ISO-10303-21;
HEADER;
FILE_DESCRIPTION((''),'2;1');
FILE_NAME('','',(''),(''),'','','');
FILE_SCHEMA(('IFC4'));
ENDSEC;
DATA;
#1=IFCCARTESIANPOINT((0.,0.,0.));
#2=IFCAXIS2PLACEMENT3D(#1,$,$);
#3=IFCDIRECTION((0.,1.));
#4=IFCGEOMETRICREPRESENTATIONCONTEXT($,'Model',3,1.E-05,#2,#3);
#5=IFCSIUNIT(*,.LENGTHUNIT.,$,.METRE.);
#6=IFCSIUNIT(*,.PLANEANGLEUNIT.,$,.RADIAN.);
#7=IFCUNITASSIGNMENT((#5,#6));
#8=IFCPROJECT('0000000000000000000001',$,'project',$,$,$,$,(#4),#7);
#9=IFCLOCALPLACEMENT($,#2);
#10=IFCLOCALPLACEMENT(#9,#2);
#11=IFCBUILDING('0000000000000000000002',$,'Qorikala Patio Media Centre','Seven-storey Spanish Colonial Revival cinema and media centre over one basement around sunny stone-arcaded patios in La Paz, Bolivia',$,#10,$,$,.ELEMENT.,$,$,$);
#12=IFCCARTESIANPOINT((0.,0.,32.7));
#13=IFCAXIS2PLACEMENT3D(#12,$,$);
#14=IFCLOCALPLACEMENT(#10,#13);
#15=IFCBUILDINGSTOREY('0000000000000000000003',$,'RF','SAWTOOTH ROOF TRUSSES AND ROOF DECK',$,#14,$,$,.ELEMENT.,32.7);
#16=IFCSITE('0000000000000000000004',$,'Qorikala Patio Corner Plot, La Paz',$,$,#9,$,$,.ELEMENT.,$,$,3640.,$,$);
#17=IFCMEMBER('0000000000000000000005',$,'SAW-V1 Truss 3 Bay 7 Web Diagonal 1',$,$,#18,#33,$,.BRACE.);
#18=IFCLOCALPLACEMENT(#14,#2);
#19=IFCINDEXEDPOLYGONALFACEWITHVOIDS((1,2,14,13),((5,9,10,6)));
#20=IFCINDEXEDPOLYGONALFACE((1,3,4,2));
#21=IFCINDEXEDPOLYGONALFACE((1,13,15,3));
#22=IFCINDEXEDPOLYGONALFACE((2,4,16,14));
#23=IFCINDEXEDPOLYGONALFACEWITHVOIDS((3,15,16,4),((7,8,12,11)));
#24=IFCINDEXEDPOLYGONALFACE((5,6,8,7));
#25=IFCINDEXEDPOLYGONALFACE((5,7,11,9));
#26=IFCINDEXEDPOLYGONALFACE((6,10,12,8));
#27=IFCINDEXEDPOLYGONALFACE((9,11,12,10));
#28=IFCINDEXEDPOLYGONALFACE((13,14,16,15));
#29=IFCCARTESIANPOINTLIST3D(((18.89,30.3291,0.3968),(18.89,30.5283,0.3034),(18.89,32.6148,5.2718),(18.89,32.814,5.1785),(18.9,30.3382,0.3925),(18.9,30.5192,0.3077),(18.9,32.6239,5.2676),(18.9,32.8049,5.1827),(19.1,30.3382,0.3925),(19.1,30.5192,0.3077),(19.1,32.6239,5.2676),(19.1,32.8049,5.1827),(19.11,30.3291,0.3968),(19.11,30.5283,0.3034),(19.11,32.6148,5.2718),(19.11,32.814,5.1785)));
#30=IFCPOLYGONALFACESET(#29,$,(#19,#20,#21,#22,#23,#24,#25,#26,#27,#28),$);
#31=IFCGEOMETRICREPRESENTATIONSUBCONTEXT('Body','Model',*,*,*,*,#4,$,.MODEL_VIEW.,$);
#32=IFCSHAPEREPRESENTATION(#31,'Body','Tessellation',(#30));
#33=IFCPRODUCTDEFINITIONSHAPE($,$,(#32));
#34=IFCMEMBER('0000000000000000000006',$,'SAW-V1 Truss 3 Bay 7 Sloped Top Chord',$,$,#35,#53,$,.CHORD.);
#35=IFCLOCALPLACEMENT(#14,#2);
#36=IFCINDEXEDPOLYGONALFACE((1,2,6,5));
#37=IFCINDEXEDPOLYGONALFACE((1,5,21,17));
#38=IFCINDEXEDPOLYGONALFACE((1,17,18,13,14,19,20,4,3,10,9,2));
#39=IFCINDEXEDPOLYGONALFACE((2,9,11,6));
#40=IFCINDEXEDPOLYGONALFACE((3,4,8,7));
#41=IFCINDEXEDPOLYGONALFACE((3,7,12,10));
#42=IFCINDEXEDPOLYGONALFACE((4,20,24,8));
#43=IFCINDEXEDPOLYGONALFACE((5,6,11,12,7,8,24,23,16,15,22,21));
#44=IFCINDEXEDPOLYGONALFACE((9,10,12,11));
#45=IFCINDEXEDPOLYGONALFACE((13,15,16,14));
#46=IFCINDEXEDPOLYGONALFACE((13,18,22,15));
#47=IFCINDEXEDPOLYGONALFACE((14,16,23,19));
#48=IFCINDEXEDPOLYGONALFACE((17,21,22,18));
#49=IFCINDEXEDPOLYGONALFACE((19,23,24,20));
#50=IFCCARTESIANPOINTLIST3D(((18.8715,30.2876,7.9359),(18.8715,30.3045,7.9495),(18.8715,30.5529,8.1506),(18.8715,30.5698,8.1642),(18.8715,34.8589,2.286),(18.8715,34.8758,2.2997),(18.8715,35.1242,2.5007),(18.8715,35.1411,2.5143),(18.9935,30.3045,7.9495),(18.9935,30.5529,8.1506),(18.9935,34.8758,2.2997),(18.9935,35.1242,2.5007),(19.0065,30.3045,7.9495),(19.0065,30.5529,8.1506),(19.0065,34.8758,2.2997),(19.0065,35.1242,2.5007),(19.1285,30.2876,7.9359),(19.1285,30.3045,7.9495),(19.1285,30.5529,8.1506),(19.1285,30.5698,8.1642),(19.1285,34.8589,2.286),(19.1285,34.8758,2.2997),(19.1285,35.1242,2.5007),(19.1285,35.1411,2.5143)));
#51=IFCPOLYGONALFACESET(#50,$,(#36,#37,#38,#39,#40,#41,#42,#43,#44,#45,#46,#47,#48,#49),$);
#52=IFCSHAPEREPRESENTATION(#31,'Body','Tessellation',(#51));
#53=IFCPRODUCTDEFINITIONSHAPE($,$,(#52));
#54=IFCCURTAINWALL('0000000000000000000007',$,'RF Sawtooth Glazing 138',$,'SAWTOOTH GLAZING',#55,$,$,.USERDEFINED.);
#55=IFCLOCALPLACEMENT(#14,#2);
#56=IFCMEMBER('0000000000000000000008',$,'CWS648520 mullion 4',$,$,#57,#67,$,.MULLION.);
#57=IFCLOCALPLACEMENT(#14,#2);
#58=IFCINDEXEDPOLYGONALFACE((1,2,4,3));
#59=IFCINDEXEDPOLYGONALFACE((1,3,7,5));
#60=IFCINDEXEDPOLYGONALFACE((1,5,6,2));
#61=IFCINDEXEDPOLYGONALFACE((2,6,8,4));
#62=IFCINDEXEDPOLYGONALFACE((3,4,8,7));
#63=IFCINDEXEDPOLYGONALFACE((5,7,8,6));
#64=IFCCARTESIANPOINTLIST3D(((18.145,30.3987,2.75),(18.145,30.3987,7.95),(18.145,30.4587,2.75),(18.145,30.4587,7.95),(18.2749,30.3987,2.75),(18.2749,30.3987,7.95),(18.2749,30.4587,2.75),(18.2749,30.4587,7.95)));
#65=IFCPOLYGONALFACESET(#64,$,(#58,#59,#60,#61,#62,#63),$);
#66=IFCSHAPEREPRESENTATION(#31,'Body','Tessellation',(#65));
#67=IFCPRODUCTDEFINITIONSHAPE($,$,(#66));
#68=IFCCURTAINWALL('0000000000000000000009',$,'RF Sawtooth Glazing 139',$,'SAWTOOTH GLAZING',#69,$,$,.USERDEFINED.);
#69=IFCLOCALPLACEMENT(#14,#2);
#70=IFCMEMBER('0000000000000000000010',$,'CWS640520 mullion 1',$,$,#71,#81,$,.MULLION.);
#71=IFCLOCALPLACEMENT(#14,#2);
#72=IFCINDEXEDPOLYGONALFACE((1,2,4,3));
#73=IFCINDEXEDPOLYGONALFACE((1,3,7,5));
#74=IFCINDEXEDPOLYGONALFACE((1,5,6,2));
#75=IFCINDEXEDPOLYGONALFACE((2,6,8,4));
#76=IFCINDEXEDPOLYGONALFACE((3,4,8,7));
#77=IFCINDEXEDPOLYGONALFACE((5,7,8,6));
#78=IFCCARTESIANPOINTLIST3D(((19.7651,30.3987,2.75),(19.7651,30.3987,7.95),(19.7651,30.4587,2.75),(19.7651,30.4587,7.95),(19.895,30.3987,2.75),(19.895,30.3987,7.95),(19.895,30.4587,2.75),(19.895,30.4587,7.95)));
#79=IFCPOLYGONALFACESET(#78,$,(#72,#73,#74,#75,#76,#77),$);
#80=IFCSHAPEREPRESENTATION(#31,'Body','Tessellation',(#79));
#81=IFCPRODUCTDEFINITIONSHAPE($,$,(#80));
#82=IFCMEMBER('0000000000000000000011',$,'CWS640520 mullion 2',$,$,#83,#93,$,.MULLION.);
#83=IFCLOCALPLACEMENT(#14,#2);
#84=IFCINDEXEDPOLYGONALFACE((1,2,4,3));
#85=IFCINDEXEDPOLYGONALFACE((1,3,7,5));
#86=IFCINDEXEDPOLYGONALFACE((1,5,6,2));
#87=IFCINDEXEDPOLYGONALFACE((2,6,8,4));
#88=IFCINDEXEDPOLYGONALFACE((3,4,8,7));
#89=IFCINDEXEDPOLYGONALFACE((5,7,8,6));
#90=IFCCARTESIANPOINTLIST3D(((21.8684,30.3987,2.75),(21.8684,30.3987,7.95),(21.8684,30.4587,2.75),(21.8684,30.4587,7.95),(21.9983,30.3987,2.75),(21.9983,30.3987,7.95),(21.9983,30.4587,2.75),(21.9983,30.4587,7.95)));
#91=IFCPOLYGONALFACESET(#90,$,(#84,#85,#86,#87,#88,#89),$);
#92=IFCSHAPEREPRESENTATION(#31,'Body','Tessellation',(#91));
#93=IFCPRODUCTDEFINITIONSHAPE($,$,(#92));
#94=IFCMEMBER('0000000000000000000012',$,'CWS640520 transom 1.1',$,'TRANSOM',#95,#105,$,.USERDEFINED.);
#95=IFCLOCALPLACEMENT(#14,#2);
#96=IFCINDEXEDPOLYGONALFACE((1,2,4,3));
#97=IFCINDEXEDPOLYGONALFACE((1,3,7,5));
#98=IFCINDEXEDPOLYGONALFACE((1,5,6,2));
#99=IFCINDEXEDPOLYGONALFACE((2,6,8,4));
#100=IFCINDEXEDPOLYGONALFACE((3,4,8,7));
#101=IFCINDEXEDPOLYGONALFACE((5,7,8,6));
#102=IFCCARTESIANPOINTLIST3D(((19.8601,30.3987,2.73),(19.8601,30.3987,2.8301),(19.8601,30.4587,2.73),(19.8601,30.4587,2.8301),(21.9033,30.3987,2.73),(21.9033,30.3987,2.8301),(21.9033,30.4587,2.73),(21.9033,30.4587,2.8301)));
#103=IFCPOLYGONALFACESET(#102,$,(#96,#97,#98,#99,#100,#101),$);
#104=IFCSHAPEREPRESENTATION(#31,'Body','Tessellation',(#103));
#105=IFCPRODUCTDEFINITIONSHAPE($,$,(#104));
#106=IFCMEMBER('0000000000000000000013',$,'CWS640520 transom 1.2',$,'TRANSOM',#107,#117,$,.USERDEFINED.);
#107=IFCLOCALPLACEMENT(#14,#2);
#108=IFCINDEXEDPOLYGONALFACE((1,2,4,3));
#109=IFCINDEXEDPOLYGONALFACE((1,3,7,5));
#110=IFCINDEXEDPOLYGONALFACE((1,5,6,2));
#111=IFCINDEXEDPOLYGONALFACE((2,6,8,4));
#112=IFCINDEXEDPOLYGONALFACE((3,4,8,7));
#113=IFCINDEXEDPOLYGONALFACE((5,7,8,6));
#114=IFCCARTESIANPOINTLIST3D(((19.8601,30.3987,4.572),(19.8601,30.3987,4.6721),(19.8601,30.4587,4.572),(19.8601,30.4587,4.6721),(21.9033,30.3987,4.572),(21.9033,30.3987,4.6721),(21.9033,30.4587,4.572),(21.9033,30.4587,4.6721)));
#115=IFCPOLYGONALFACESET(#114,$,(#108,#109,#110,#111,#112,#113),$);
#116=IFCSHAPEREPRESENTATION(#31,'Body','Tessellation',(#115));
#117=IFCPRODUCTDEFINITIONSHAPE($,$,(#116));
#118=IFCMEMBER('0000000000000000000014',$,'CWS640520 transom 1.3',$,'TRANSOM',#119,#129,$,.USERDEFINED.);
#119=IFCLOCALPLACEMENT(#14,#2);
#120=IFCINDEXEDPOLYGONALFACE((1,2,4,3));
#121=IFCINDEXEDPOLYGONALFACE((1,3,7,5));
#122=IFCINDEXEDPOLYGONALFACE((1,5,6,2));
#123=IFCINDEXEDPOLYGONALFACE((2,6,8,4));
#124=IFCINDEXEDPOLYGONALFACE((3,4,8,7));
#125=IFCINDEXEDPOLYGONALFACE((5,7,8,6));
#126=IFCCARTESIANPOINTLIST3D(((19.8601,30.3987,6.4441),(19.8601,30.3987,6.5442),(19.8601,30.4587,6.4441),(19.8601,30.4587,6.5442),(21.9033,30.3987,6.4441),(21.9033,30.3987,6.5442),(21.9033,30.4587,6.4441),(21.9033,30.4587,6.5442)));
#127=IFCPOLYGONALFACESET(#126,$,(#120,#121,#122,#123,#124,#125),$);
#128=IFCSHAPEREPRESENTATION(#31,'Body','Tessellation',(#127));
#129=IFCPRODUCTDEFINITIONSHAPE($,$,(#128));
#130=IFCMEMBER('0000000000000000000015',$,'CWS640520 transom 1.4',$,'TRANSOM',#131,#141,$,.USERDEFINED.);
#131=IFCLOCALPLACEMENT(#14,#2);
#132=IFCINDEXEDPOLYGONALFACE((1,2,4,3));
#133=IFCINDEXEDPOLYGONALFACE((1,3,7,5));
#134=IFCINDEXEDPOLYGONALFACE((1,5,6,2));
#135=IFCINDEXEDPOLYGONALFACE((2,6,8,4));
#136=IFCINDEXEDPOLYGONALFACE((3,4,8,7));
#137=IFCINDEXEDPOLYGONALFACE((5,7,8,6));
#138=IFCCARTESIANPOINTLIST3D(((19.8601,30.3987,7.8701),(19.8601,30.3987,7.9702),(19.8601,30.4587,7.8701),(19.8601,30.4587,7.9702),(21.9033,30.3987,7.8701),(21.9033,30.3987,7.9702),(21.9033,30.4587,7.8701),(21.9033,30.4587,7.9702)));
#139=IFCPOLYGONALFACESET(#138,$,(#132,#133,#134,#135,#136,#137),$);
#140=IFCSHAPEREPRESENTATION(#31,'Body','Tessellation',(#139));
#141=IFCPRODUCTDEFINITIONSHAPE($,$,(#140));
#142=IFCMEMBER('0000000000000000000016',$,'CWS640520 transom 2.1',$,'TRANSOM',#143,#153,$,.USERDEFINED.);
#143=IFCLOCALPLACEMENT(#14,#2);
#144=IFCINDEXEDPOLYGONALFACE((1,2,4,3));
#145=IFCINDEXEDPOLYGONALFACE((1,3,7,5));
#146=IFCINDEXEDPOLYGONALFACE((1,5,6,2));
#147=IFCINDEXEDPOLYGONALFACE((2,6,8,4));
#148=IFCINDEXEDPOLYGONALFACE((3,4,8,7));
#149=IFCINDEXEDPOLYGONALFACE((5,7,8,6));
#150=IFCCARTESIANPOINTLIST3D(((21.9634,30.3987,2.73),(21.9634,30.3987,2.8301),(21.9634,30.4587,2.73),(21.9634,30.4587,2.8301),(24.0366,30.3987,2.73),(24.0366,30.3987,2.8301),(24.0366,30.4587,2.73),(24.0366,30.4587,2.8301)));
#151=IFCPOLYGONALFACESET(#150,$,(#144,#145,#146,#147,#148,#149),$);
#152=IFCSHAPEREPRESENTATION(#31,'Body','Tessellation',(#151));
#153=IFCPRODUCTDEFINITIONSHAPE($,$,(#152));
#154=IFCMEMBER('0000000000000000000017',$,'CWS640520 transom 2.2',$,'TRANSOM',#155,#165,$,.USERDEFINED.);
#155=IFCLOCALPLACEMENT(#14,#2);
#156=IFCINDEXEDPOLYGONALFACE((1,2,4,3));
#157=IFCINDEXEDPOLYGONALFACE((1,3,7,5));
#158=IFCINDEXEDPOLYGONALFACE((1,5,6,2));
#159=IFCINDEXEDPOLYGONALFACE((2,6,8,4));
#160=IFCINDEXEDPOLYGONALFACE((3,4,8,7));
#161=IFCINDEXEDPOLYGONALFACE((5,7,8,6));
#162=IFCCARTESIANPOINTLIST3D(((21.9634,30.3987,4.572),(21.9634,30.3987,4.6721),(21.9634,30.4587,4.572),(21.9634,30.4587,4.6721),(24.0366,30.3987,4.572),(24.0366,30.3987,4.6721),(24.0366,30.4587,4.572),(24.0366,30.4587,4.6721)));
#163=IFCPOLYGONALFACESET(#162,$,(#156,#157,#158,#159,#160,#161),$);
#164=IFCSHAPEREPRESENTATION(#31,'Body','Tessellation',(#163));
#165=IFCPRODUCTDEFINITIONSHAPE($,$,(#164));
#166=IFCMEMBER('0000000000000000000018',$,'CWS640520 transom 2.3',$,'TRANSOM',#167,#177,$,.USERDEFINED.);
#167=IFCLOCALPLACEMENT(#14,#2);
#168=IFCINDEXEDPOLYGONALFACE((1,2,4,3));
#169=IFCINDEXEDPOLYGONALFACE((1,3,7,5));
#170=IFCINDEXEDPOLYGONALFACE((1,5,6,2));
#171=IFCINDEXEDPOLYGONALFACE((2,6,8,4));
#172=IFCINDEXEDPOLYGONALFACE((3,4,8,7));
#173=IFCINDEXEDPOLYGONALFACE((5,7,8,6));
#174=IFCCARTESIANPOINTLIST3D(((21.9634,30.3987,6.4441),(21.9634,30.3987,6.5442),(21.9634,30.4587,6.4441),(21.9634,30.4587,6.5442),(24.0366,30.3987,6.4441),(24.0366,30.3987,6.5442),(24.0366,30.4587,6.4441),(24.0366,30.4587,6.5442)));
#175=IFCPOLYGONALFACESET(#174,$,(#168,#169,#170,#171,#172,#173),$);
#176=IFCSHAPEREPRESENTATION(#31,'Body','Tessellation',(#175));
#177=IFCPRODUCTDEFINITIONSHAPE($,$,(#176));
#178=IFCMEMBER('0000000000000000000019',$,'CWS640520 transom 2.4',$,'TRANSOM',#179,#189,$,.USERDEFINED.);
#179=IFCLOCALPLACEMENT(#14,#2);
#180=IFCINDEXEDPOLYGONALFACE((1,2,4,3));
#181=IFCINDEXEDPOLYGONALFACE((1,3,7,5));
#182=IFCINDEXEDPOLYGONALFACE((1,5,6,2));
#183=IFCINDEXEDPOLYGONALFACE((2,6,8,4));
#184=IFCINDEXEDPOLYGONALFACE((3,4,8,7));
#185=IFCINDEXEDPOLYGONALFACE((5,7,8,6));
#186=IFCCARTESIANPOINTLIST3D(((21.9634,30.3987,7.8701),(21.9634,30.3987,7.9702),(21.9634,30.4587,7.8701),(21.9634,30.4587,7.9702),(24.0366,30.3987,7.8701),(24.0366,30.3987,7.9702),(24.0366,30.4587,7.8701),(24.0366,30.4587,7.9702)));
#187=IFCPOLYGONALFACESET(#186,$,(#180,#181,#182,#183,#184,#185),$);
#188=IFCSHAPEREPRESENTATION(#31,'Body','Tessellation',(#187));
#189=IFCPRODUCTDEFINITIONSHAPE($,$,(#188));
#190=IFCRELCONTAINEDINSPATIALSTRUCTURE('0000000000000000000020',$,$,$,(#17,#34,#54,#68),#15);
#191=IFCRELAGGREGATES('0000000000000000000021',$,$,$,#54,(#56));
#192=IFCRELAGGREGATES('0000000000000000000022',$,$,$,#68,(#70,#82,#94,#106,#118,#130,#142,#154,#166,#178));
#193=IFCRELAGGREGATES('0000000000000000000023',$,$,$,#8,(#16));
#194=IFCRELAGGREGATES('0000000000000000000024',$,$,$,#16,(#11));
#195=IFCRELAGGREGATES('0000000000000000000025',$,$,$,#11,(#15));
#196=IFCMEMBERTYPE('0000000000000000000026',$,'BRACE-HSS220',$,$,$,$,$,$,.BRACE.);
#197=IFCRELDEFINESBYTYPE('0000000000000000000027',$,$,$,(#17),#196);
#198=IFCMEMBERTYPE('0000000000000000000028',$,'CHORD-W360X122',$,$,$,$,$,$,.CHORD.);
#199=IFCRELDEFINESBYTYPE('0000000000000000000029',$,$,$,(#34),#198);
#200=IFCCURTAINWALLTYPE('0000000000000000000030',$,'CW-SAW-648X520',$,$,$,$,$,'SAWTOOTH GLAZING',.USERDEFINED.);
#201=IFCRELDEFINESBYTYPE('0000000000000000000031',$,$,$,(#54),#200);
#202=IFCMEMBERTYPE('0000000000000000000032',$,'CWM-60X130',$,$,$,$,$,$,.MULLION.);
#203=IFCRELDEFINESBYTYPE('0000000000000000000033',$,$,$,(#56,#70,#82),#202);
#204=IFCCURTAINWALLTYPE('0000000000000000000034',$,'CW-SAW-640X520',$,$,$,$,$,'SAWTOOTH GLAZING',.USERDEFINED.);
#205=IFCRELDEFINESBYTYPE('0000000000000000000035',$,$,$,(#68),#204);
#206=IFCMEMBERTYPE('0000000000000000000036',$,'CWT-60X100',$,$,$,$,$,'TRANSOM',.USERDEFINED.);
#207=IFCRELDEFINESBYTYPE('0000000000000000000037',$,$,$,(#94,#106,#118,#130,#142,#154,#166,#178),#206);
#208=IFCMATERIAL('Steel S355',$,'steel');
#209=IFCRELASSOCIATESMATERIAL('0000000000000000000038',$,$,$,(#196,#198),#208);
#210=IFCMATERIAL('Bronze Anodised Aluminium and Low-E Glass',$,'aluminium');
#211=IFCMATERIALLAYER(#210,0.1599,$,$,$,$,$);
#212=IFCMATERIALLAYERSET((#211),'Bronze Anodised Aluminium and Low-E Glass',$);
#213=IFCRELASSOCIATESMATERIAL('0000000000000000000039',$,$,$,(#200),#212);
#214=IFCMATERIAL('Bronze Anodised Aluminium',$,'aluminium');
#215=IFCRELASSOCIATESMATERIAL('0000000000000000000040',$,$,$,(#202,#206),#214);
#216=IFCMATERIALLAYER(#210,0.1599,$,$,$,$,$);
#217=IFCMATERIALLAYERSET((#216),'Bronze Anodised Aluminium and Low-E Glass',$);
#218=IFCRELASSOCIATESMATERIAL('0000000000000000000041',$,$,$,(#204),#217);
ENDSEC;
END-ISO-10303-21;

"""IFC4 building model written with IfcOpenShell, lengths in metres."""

from ifc_helpers import new_model, si_unit, direction, frame, origin, origin_2d, place, context, subcontext, project, spatial, rectangle, hollow_rectangle, i_section, extrude, material, layer, layer_set, material_profile, profile_set, type_object, element, aggregate, save


model = new_model("IFC4")

# Units and contexts
model_context = context("Model", 3, precision=1e-05, world=origin(), true_north=direction((0.0, 1.0)))
body_context = subcontext(model_context, "Body", "Model", "MODEL_VIEW")
ifc_project = project(units=[si_unit("LENGTHUNIT", "METRE"), si_unit("PLANEANGLEUNIT", "RADIAN")], contexts=[model_context])

# Site, building, storey
site_placement = place(None, origin())
site = spatial("IfcSite", under=ifc_project, at=site_placement, Name="Qorikala Patio Corner Plot, La Paz", CompositionType="ELEMENT", RefElevation=3640.0)
building_placement = place(site_placement, origin())
building = spatial("IfcBuilding", under=site, at=building_placement, Name="Qorikala Patio Media Centre", Description="Seven-storey Spanish Colonial Revival cinema and media centre over one basement around sunny stone-arcaded patios in La Paz, Bolivia", CompositionType="ELEMENT")
storey_placement = place(building_placement, frame((0.0, 0.0, 32.7)))
storey = spatial("IfcBuildingStorey", under=building, at=storey_placement, Name="RF", Description="SAWTOOTH ROOF TRUSSES AND ROOF DECK", CompositionType="ELEMENT", Elevation=32.7)

# Members
ifc_material_1 = material(Name="Steel S355", Category="steel")
ifc_material_profile_1 = material_profile(ifc_material_1, hollow_rectangle(XDim=0.22, YDim=0.22, WallThickness=0.01, at=origin_2d()), Name="HSS220X220X10")
ifc_profile_set_1 = profile_set([ifc_material_profile_1], Name="Steel S355")
member_type_1 = type_object("IfcMemberType", Name="BRACE-HSS220", PredefinedType="BRACE", material=ifc_profile_set_1)
member_1_placement = place(storey_placement, frame((19.0, 30.4287, 0.3501), z_axis=(0.0, 0.424508, 0.905424), x_axis=(-1.0, 0.0, 0.0)))
element("IfcMember", 1, at=member_1_placement, inside=storey, type_object=member_type_1, Name="SAW-V1 Truss 3 Bay 7 Web Diagonal 1", PredefinedType="BRACE", context=body_context, shape_type="SweptSolid", body=[
    extrude(hollow_rectangle(XDim=0.22, YDim=0.22, WallThickness=0.01, at=origin_2d()), origin(), (0.0, 0.0, 1.0), 5.3843),
])
ifc_material_profile_2 = material_profile(ifc_material_1, i_section(OverallWidth=0.2571, OverallDepth=0.363, WebThickness=0.0129, FlangeThickness=0.0217, at=origin_2d()), Name="W360X122")
ifc_profile_set_2 = profile_set([ifc_material_profile_2], Name="Steel S355")
member_type_2 = type_object("IfcMemberType", Name="CHORD-W360X122", PredefinedType="CHORD", material=ifc_profile_set_2)
member_2_placement = place(storey_placement, frame((19.0, 30.4287, 8.05), z_axis=(0.0, 0.628995, -0.777409), x_axis=(-1.0, 0.0, 0.0)))
element("IfcMember", 2, at=member_2_placement, inside=storey, type_object=member_type_2, Name="SAW-V1 Truss 3 Bay 7 Sloped Top Chord", PredefinedType="CHORD", context=body_context, shape_type="SweptSolid", body=[
    extrude(i_section(OverallWidth=0.2571, OverallDepth=0.363, WebThickness=0.0129, FlangeThickness=0.0217, at=origin_2d()), origin(), (0.0, 0.0, 1.0), 7.2676),
])

# Curtain wall, member
ifc_material_2 = material(Name="Bronze Anodised Aluminium and Low-E Glass", Category="aluminium")
ifc_layer_1 = layer(ifc_material_2, 0.1599)
ifc_layer_set_1 = layer_set([ifc_layer_1], Name="Bronze Anodised Aluminium and Low-E Glass")
curtain_wall_type_1 = type_object("IfcCurtainWallType", Name="CW-SAW-648X520", ElementType="SAWTOOTH GLAZING", PredefinedType="USERDEFINED", material=ifc_layer_set_1)
curtain_wall_1_placement = place(storey_placement, origin())
curtain_wall_1 = element("IfcCurtainWall", 3, at=curtain_wall_1_placement, inside=storey, type_object=curtain_wall_type_1, Name="RF Sawtooth Glazing 138", ObjectType="SAWTOOTH GLAZING", PredefinedType="USERDEFINED")
ifc_material_3 = material(Name="Bronze Anodised Aluminium", Category="aluminium")
ifc_material_profile_3 = material_profile(ifc_material_3, rectangle(XDim=0.0601, YDim=0.1299, at=origin_2d()), Name="ALU MULLION 60x130")
ifc_profile_set_3 = profile_set([ifc_material_profile_3], Name="Bronze Anodised Aluminium")
member_type_3 = type_object("IfcMemberType", Name="CWM-60X130", PredefinedType="MULLION", material=ifc_profile_set_3)
member_3_placement = place(storey_placement, frame((18.21, 30.4287, 2.75), z_axis=(0.0, 0.0, 1.0), x_axis=(0.0, 1.0, 0.0)))
member_3 = element("IfcMember", 4, at=member_3_placement, type_object=member_type_3, Name="CWS648520 mullion 4", PredefinedType="MULLION", context=body_context, shape_type="SweptSolid", body=[
    extrude(rectangle(XDim=0.0601, YDim=0.1299, at=origin_2d()), origin(), (0.0, 0.0, 1.0), 5.2),
])

# Curtain wall, members
ifc_layer_2 = layer(ifc_material_2, 0.1599)
ifc_layer_set_2 = layer_set([ifc_layer_2], Name="Bronze Anodised Aluminium and Low-E Glass")
curtain_wall_type_2 = type_object("IfcCurtainWallType", Name="CW-SAW-640X520", ElementType="SAWTOOTH GLAZING", PredefinedType="USERDEFINED", material=ifc_layer_set_2)
curtain_wall_2_placement = place(storey_placement, origin())
curtain_wall_2 = element("IfcCurtainWall", 5, at=curtain_wall_2_placement, inside=storey, type_object=curtain_wall_type_2, Name="RF Sawtooth Glazing 139", ObjectType="SAWTOOTH GLAZING", PredefinedType="USERDEFINED")
member_4_placement = place(storey_placement, frame((19.8301, 30.4287, 2.75), z_axis=(0.0, 0.0, 1.0), x_axis=(0.0, 1.0, 0.0)))
member_4 = element("IfcMember", 6, at=member_4_placement, type_object=member_type_3, Name="CWS640520 mullion 1", PredefinedType="MULLION", context=body_context, shape_type="SweptSolid", body=[
    extrude(rectangle(XDim=0.0601, YDim=0.1299, at=origin_2d()), origin(), (0.0, 0.0, 1.0), 5.2),
])
member_5_placement = place(storey_placement, frame((21.9333, 30.4287, 2.75), z_axis=(0.0, 0.0, 1.0), x_axis=(0.0, 1.0, 0.0)))
member_5 = element("IfcMember", 7, at=member_5_placement, type_object=member_type_3, Name="CWS640520 mullion 2", PredefinedType="MULLION", context=body_context, shape_type="SweptSolid", body=[
    extrude(rectangle(XDim=0.0601, YDim=0.1299, at=origin_2d()), origin(), (0.0, 0.0, 1.0), 5.2),
])
ifc_material_profile_4 = material_profile(ifc_material_3, rectangle(XDim=0.0601, YDim=0.1001, at=origin_2d()), Name="ALU TRANSOM 60x100")
ifc_profile_set_4 = profile_set([ifc_material_profile_4], Name="Bronze Anodised Aluminium")
member_type_4 = type_object("IfcMemberType", Name="CWT-60X100", ElementType="TRANSOM", PredefinedType="USERDEFINED", material=ifc_profile_set_4)
member_6_placement = place(storey_placement, frame((19.8601, 30.4287, 2.78), z_axis=(1.0, 0.0, 0.0), x_axis=(0.0, 1.0, 0.0)))
member_6 = element("IfcMember", 8, at=member_6_placement, type_object=member_type_4, Name="CWS640520 transom 1.1", ObjectType="TRANSOM", PredefinedType="USERDEFINED", context=body_context, shape_type="SweptSolid", body=[
    extrude(rectangle(XDim=0.0601, YDim=0.1001, at=origin_2d()), origin(), (0.0, 0.0, 1.0), 2.0432),
])
member_7_placement = place(storey_placement, frame((19.8601, 30.4287, 4.6221), z_axis=(1.0, 0.0, 0.0), x_axis=(0.0, 1.0, 0.0)))
member_7 = element("IfcMember", 9, at=member_7_placement, type_object=member_type_4, Name="CWS640520 transom 1.2", ObjectType="TRANSOM", PredefinedType="USERDEFINED", context=body_context, shape_type="SweptSolid", body=[
    extrude(rectangle(XDim=0.0601, YDim=0.1001, at=origin_2d()), origin(), (0.0, 0.0, 1.0), 2.0432),
])
member_8_placement = place(storey_placement, frame((19.8601, 30.4287, 6.4941), z_axis=(1.0, 0.0, 0.0), x_axis=(0.0, 1.0, 0.0)))
member_8 = element("IfcMember", 10, at=member_8_placement, type_object=member_type_4, Name="CWS640520 transom 1.3", ObjectType="TRANSOM", PredefinedType="USERDEFINED", context=body_context, shape_type="SweptSolid", body=[
    extrude(rectangle(XDim=0.0601, YDim=0.1001, at=origin_2d()), origin(), (0.0, 0.0, 1.0), 2.0432),
])
member_9_placement = place(storey_placement, frame((19.8601, 30.4287, 7.9202), z_axis=(1.0, 0.0, 0.0), x_axis=(0.0, 1.0, 0.0)))
member_9 = element("IfcMember", 11, at=member_9_placement, type_object=member_type_4, Name="CWS640520 transom 1.4", ObjectType="TRANSOM", PredefinedType="USERDEFINED", context=body_context, shape_type="SweptSolid", body=[
    extrude(rectangle(XDim=0.0601, YDim=0.1001, at=origin_2d()), origin(), (0.0, 0.0, 1.0), 2.0432),
])
member_10_placement = place(storey_placement, frame((21.9634, 30.4287, 2.78), z_axis=(1.0, 0.0, 0.0), x_axis=(0.0, 1.0, 0.0)))
member_10 = element("IfcMember", 12, at=member_10_placement, type_object=member_type_4, Name="CWS640520 transom 2.1", ObjectType="TRANSOM", PredefinedType="USERDEFINED", context=body_context, shape_type="SweptSolid", body=[
    extrude(rectangle(XDim=0.0601, YDim=0.1001, at=origin_2d()), origin(), (0.0, 0.0, 1.0), 2.0732),
])
member_11_placement = place(storey_placement, frame((21.9634, 30.4287, 4.6221), z_axis=(1.0, 0.0, 0.0), x_axis=(0.0, 1.0, 0.0)))
member_11 = element("IfcMember", 13, at=member_11_placement, type_object=member_type_4, Name="CWS640520 transom 2.2", ObjectType="TRANSOM", PredefinedType="USERDEFINED", context=body_context, shape_type="SweptSolid", body=[
    extrude(rectangle(XDim=0.0601, YDim=0.1001, at=origin_2d()), origin(), (0.0, 0.0, 1.0), 2.0732),
])
member_12_placement = place(storey_placement, frame((21.9634, 30.4287, 6.4941), z_axis=(1.0, 0.0, 0.0), x_axis=(0.0, 1.0, 0.0)))
member_12 = element("IfcMember", 14, at=member_12_placement, type_object=member_type_4, Name="CWS640520 transom 2.3", ObjectType="TRANSOM", PredefinedType="USERDEFINED", context=body_context, shape_type="SweptSolid", body=[
    extrude(rectangle(XDim=0.0601, YDim=0.1001, at=origin_2d()), origin(), (0.0, 0.0, 1.0), 2.0732),
])
member_13_placement = place(storey_placement, frame((21.9634, 30.4287, 7.9202), z_axis=(1.0, 0.0, 0.0), x_axis=(0.0, 1.0, 0.0)))
member_13 = element("IfcMember", 15, at=member_13_placement, type_object=member_type_4, Name="CWS640520 transom 2.4", ObjectType="TRANSOM", PredefinedType="USERDEFINED", context=body_context, shape_type="SweptSolid", body=[
    extrude(rectangle(XDim=0.0601, YDim=0.1001, at=origin_2d()), origin(), (0.0, 0.0, 1.0), 2.0732),
])

aggregate(curtain_wall_1, [member_3])
aggregate(curtain_wall_2, [member_4, member_5, member_6, member_7, member_8, member_9, member_10, member_11, member_12, member_13])

save(model, "model.ifc")
